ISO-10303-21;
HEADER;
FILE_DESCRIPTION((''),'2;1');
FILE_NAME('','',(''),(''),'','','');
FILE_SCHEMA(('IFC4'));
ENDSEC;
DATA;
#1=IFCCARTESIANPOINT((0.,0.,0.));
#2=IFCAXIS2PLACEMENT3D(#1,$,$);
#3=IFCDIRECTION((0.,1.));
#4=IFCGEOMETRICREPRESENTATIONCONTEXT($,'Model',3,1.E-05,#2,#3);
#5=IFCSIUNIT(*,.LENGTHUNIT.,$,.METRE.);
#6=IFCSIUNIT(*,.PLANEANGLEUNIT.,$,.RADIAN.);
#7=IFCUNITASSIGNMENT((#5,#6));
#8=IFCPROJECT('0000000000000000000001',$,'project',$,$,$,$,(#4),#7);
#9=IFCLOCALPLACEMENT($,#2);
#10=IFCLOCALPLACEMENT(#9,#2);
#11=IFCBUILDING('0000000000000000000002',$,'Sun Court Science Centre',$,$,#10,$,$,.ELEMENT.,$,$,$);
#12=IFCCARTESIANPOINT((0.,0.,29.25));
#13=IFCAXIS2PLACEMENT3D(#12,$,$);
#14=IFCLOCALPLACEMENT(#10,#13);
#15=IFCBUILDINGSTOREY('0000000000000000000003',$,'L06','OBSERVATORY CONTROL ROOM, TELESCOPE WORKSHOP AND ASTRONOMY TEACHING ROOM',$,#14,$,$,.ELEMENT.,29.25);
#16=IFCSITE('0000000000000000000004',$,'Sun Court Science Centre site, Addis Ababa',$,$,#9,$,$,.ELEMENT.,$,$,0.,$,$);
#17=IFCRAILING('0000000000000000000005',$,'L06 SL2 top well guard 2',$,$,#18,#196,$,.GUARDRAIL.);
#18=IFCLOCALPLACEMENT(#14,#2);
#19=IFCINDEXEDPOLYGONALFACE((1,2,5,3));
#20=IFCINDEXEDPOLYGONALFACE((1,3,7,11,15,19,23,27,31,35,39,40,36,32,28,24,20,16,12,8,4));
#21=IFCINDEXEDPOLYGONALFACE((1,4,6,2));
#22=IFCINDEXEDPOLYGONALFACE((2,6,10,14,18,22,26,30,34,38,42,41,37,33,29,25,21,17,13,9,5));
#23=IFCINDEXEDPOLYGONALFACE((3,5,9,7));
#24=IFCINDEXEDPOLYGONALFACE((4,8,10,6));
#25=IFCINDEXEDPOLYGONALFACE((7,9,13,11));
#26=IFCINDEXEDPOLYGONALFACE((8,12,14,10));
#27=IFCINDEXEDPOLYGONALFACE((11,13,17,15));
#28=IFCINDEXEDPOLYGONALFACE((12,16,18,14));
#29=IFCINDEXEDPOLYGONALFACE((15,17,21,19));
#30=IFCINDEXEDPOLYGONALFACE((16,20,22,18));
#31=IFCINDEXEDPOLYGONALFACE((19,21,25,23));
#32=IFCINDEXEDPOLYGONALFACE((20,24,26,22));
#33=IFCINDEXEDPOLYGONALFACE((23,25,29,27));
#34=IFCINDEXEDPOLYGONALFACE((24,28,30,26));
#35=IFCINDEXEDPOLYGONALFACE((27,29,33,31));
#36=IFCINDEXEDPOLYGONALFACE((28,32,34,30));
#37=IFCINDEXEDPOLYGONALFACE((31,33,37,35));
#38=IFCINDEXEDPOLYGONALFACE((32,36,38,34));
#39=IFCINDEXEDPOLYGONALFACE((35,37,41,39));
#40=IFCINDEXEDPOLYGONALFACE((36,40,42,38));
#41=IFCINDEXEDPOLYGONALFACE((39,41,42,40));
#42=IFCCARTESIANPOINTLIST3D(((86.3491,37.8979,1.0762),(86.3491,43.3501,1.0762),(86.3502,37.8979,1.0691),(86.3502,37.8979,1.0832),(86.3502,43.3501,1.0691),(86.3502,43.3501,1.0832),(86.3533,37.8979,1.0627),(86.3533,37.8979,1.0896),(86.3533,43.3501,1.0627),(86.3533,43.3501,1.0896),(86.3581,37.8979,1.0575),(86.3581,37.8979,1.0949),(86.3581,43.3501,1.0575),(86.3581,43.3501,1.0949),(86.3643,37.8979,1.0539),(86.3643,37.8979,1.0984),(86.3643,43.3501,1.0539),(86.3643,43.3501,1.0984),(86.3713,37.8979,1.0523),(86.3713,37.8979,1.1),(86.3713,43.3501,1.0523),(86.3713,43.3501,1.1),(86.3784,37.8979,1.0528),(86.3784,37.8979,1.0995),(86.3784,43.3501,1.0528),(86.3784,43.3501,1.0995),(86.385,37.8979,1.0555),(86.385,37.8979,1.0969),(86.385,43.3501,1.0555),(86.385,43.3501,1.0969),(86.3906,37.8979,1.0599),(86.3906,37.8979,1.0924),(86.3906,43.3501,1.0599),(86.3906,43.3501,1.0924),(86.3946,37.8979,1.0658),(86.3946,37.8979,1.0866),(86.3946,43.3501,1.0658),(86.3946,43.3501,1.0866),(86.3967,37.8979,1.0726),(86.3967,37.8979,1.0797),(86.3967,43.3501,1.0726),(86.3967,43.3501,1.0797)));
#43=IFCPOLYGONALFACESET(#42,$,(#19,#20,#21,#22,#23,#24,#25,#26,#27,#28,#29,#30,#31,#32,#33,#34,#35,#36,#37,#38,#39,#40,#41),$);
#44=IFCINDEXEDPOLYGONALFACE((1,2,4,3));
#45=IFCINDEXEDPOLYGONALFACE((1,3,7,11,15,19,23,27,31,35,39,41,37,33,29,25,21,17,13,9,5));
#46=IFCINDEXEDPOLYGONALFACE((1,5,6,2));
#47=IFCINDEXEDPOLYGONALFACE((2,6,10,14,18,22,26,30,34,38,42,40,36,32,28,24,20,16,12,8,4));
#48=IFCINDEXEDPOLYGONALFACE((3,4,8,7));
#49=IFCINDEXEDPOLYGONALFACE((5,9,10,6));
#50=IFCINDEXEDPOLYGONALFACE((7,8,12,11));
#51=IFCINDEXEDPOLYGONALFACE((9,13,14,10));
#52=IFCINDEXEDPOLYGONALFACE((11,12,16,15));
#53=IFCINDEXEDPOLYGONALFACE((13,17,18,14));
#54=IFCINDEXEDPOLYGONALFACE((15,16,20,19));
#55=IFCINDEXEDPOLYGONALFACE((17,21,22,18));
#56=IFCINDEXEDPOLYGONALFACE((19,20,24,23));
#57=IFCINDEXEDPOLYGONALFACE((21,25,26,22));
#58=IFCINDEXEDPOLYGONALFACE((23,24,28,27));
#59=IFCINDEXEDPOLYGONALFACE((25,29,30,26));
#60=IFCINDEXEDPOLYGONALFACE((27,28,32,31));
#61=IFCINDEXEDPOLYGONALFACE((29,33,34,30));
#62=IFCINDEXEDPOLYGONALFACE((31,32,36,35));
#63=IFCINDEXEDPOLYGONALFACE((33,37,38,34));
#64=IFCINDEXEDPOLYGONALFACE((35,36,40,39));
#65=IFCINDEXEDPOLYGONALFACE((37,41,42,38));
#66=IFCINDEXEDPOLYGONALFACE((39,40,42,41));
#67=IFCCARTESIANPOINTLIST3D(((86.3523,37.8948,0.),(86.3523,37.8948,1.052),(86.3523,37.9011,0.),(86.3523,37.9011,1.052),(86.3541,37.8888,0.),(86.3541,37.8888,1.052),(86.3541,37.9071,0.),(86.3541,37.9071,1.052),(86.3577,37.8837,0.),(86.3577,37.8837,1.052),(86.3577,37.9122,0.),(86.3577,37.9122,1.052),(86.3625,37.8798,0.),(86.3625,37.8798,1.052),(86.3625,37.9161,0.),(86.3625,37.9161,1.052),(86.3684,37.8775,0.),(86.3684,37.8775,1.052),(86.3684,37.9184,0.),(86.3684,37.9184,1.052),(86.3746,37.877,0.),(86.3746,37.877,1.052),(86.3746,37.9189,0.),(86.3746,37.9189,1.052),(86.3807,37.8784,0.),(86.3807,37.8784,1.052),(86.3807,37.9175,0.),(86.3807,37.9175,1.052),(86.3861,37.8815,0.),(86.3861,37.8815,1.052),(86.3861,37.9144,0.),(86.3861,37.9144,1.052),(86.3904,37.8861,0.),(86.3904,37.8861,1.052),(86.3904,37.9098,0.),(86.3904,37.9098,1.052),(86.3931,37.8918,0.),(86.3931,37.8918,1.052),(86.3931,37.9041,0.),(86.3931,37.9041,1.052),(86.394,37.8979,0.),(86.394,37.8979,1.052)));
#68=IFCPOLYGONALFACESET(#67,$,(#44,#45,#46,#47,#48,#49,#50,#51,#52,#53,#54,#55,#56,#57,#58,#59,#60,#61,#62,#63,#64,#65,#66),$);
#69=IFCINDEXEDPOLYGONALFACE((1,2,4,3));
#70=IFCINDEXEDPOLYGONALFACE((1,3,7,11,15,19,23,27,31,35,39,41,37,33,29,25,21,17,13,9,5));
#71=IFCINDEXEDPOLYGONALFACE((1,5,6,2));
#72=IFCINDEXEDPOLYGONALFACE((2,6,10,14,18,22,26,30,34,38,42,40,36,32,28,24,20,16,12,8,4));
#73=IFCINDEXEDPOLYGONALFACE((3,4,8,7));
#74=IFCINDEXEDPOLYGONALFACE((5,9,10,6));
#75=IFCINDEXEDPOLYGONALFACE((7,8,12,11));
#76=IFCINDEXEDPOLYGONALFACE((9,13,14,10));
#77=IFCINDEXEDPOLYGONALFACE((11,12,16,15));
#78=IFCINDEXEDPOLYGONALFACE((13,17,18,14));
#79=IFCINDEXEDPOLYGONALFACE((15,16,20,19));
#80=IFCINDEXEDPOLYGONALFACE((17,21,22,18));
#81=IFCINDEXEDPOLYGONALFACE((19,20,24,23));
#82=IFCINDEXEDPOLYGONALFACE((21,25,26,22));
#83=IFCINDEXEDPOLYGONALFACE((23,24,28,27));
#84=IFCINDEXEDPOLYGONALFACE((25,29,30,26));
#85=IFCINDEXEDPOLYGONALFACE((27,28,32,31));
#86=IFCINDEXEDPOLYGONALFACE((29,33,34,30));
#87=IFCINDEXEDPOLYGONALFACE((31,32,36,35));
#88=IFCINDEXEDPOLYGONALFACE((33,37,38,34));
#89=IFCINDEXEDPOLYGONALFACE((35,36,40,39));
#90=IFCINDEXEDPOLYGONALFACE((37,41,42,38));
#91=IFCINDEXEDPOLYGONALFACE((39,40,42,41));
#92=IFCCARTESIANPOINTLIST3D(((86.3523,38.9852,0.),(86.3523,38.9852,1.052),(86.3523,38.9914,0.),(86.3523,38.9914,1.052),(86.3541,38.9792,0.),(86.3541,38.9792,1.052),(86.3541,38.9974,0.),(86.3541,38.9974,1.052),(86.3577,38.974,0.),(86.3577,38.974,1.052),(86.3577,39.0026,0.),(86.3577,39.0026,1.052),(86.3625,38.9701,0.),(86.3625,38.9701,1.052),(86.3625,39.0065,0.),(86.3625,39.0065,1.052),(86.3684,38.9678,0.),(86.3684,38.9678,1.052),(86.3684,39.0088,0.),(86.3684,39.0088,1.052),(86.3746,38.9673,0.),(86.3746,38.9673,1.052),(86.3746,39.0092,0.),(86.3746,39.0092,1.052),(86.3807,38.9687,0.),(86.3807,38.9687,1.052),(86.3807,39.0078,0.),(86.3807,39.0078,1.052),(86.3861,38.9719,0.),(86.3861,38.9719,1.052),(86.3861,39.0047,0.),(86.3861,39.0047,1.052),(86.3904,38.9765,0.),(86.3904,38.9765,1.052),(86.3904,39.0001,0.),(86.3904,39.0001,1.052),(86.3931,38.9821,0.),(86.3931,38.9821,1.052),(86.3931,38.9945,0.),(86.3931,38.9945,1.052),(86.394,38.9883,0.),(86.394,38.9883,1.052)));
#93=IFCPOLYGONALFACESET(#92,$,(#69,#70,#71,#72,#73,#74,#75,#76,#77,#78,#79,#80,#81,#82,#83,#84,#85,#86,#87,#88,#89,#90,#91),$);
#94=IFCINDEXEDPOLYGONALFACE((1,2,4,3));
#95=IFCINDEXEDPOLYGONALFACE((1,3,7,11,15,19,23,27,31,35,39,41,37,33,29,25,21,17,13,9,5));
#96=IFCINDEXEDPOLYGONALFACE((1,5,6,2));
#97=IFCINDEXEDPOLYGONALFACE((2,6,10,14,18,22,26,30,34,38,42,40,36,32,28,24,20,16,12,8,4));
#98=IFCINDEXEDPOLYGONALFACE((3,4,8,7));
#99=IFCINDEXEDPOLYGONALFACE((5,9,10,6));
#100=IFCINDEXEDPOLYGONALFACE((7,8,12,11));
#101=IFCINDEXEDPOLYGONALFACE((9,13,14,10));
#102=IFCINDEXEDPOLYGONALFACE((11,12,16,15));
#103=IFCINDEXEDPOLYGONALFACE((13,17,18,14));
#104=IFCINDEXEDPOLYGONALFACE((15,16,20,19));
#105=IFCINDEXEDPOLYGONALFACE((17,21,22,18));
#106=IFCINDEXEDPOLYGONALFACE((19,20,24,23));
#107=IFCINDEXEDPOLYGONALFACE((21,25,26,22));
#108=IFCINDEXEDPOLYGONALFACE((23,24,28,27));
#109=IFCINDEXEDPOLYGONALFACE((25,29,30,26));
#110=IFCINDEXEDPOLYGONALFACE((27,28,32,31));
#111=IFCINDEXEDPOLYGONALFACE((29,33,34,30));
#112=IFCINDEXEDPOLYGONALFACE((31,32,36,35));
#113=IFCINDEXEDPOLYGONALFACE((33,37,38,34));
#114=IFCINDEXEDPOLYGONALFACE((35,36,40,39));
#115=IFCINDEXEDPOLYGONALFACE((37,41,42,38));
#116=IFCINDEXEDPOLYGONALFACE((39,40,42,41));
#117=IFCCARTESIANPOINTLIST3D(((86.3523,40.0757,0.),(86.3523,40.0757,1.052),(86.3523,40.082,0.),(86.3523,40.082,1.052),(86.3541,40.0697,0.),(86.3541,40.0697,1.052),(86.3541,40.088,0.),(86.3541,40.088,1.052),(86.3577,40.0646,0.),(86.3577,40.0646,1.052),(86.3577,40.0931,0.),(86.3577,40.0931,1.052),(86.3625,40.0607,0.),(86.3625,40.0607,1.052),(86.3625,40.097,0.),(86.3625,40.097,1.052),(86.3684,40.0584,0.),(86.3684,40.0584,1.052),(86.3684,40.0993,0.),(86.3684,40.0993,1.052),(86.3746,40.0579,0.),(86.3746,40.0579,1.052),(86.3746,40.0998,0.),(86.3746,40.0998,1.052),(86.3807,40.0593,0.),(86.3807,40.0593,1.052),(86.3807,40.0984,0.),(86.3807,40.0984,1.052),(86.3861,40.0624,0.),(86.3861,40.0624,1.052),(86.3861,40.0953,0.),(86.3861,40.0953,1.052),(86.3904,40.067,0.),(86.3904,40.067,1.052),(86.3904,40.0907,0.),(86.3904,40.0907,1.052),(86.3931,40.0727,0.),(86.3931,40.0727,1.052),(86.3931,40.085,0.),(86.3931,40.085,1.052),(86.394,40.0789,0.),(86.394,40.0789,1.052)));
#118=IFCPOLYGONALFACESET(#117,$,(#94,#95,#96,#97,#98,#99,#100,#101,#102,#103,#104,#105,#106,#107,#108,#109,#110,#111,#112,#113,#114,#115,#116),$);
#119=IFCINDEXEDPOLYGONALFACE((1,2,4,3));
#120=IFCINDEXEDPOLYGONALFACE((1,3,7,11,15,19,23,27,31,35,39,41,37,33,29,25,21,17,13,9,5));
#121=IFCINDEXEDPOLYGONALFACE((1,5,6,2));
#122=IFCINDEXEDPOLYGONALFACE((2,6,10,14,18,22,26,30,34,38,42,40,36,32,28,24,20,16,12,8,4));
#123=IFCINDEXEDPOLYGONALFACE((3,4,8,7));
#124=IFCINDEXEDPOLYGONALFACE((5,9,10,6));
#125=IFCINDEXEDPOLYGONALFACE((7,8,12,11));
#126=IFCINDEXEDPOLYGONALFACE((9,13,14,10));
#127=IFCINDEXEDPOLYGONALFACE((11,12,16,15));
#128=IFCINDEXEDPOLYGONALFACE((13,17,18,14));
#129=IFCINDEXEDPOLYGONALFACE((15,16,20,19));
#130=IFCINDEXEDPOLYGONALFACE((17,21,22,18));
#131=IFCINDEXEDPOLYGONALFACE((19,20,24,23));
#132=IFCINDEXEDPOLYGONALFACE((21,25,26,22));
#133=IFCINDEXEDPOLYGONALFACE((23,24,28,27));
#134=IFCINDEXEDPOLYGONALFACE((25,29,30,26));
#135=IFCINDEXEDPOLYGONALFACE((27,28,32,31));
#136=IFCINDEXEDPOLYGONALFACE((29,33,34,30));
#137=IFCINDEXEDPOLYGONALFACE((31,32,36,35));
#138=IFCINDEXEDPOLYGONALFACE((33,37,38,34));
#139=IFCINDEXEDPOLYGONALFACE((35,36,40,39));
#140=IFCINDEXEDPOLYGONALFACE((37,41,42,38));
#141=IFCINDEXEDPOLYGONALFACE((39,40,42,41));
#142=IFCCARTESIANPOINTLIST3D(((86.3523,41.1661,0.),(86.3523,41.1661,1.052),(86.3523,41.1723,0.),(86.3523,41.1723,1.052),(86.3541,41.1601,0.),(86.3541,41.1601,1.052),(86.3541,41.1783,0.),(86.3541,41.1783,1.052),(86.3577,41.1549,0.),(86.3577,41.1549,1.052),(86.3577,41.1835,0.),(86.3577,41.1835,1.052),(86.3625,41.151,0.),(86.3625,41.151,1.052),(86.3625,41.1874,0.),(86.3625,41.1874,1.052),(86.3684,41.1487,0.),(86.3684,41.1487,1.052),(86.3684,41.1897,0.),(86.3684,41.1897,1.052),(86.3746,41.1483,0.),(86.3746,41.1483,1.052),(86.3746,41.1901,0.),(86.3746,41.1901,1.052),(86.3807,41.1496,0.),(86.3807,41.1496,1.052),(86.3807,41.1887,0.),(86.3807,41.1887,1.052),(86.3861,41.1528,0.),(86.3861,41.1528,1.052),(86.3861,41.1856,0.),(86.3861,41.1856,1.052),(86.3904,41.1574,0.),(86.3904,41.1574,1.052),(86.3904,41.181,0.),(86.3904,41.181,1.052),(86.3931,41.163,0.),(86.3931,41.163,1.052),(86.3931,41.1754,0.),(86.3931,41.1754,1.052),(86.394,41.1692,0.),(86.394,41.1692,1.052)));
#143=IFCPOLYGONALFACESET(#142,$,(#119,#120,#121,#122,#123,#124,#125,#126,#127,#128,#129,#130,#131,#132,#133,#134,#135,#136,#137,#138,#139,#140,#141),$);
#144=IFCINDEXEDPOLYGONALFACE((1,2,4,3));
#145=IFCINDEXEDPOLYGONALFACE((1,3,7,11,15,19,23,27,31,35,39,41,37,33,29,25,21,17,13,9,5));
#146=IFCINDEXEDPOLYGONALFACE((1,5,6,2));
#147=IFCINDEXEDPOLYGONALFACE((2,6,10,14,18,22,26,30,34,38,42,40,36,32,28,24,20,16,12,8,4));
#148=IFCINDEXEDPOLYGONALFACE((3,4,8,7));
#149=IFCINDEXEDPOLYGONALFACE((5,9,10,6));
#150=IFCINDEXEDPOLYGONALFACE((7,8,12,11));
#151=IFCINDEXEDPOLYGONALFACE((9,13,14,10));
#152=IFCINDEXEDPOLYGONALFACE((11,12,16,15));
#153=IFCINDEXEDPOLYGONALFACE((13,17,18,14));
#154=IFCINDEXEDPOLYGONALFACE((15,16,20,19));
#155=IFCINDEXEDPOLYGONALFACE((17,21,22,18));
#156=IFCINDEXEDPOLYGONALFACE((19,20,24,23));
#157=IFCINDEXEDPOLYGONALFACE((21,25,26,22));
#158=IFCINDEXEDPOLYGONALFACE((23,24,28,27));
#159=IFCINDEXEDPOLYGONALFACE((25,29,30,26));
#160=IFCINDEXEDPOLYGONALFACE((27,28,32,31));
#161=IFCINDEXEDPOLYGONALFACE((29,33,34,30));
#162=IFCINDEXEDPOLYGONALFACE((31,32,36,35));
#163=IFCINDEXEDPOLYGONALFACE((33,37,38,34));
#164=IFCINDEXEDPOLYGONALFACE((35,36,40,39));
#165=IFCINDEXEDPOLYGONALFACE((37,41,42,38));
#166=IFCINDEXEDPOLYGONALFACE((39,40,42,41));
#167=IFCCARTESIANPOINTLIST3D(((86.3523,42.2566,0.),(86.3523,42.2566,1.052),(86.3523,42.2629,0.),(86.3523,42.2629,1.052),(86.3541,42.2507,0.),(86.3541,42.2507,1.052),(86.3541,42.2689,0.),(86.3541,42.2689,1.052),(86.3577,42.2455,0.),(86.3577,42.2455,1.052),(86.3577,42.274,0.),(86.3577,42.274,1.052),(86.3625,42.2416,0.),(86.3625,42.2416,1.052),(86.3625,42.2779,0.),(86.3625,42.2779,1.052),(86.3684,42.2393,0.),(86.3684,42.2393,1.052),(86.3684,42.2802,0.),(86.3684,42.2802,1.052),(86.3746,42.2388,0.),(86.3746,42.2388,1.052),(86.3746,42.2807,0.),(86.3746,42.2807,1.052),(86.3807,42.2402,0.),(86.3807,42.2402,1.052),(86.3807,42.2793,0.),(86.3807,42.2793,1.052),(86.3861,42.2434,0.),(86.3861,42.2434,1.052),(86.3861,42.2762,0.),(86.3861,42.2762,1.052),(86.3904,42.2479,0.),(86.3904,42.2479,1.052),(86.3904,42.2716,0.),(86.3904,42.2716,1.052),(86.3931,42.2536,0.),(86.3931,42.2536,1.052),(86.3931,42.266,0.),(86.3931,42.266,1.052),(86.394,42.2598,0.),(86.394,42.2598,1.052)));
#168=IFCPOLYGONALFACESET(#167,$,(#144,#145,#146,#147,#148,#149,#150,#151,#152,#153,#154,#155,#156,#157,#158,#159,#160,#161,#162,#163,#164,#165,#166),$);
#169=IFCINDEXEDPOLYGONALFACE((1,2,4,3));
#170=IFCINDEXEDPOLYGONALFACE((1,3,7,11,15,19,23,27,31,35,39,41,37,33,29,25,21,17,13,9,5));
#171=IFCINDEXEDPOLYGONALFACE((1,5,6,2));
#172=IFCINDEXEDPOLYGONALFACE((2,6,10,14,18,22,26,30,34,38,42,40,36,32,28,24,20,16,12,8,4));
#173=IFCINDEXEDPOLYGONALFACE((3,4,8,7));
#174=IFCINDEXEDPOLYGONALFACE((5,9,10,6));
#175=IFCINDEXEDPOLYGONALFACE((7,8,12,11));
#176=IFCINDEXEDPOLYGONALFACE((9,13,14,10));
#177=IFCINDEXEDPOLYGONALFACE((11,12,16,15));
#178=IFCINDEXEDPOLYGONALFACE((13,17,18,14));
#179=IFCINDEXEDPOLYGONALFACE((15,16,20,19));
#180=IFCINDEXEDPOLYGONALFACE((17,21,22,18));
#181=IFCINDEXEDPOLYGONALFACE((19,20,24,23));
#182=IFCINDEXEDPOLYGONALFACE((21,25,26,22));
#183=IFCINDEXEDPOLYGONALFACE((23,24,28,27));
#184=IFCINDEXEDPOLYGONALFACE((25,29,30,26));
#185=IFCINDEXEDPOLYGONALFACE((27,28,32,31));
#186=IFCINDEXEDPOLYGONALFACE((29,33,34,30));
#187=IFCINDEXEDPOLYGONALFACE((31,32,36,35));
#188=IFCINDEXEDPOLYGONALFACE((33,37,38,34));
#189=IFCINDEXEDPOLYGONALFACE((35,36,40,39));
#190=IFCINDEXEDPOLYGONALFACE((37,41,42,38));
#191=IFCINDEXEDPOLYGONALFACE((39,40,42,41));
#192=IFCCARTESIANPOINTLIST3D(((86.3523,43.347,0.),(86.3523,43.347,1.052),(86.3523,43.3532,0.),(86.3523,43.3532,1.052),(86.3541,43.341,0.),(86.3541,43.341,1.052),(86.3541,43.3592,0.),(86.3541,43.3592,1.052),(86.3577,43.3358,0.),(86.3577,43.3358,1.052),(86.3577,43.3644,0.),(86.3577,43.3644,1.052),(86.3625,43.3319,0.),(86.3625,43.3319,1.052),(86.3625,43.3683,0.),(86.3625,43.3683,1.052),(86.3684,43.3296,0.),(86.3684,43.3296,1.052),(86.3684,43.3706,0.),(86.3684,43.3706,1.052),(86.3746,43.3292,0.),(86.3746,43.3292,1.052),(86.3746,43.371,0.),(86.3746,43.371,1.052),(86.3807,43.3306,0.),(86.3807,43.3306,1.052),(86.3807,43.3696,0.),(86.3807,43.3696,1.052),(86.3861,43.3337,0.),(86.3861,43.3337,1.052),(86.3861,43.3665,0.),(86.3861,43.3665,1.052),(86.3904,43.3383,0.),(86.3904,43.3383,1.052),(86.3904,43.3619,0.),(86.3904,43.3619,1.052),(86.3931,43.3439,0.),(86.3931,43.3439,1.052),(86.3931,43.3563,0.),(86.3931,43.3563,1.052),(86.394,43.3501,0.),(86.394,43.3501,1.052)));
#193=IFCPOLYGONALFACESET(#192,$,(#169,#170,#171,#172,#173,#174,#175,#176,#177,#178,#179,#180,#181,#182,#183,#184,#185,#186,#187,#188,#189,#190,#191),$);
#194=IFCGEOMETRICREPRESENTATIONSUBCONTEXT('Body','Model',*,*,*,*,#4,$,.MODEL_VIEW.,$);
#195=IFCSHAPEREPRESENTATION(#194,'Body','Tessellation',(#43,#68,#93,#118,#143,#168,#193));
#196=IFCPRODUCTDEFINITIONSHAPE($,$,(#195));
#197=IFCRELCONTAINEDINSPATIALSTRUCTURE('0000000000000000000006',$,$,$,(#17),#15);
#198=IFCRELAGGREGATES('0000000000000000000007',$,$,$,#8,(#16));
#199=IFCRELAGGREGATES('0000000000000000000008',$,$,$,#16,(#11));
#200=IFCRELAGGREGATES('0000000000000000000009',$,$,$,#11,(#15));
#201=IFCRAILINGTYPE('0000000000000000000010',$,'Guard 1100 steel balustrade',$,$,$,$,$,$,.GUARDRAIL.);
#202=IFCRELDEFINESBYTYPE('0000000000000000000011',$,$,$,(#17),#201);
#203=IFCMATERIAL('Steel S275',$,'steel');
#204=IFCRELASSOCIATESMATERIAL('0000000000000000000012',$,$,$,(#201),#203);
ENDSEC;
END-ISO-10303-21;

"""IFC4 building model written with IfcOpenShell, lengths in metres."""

from ifc_helpers import new_model, si_unit, direction, frame, origin, origin_2d, place, context, subcontext, project, spatial, circle, extrude, material, type_object, element, save


model = new_model("IFC4")

# Units and contexts
model_context = context("Model", 3, precision=1e-05, world=origin(), true_north=direction((0.0, 1.0)))
body_context = subcontext(model_context, "Body", "Model", "MODEL_VIEW")
ifc_project = project(units=[si_unit("LENGTHUNIT", "METRE"), si_unit("PLANEANGLEUNIT", "RADIAN")], contexts=[model_context])

# Site, building, storey
site_placement = place(None, origin())
site = spatial("IfcSite", under=ifc_project, at=site_placement, Name="Sun Court Science Centre site, Addis Ababa", CompositionType="ELEMENT", RefElevation=0.0)
building_placement = place(site_placement, origin())
building = spatial("IfcBuilding", under=site, at=building_placement, Name="Sun Court Science Centre", CompositionType="ELEMENT")
storey_placement = place(building_placement, frame((0.0, 0.0, 29.25)))
storey = spatial("IfcBuildingStorey", under=building, at=storey_placement, Name="L06", Description="OBSERVATORY CONTROL ROOM, TELESCOPE WORKSHOP AND ASTRONOMY TEACHING ROOM", CompositionType="ELEMENT", Elevation=29.25)

# Railing
ifc_material_1 = material(Name="Steel S275", Category="steel")
railing_type = type_object("IfcRailingType", Name="Guard 1100 steel balustrade", PredefinedType="GUARDRAIL", material=ifc_material_1)
railing_1_placement = place(storey_placement, frame((86.373, 37.8979, 0.0)))
element("IfcRailing", 1, at=railing_1_placement, inside=storey, type_object=railing_type, Name="L06 SL2 top well guard 2", PredefinedType="GUARDRAIL", context=body_context, shape_type="SweptSolid", body=[
    extrude(circle(Radius=0.0239, at=origin_2d()), frame((0.0, 0.0, 1.0762), z_axis=(0.0, 1.0, 0.0), x_axis=(-1.0, 0.0, 0.0)), (0.0, 0.0, 1.0), 5.4521),
    extrude(circle(Radius=0.021, at=origin_2d()), origin(), (0.0, 0.0, 1.0), 1.052),
    extrude(circle(Radius=0.021, at=origin_2d()), frame((0.0, 1.0903, 0.0)), (0.0, 0.0, 1.0), 1.052),
    extrude(circle(Radius=0.021, at=origin_2d()), frame((0.0, 2.1809, 0.0)), (0.0, 0.0, 1.0), 1.052),
    extrude(circle(Radius=0.021, at=origin_2d()), frame((0.0, 3.2712, 0.0)), (0.0, 0.0, 1.0), 1.052),
    extrude(circle(Radius=0.021, at=origin_2d()), frame((0.0, 4.3618, 0.0)), (0.0, 0.0, 1.0), 1.052),
    extrude(circle(Radius=0.021, at=origin_2d()), frame((0.0, 5.4521, 0.0)), (0.0, 0.0, 1.0), 1.052),
])

save(model, "model.ifc")
